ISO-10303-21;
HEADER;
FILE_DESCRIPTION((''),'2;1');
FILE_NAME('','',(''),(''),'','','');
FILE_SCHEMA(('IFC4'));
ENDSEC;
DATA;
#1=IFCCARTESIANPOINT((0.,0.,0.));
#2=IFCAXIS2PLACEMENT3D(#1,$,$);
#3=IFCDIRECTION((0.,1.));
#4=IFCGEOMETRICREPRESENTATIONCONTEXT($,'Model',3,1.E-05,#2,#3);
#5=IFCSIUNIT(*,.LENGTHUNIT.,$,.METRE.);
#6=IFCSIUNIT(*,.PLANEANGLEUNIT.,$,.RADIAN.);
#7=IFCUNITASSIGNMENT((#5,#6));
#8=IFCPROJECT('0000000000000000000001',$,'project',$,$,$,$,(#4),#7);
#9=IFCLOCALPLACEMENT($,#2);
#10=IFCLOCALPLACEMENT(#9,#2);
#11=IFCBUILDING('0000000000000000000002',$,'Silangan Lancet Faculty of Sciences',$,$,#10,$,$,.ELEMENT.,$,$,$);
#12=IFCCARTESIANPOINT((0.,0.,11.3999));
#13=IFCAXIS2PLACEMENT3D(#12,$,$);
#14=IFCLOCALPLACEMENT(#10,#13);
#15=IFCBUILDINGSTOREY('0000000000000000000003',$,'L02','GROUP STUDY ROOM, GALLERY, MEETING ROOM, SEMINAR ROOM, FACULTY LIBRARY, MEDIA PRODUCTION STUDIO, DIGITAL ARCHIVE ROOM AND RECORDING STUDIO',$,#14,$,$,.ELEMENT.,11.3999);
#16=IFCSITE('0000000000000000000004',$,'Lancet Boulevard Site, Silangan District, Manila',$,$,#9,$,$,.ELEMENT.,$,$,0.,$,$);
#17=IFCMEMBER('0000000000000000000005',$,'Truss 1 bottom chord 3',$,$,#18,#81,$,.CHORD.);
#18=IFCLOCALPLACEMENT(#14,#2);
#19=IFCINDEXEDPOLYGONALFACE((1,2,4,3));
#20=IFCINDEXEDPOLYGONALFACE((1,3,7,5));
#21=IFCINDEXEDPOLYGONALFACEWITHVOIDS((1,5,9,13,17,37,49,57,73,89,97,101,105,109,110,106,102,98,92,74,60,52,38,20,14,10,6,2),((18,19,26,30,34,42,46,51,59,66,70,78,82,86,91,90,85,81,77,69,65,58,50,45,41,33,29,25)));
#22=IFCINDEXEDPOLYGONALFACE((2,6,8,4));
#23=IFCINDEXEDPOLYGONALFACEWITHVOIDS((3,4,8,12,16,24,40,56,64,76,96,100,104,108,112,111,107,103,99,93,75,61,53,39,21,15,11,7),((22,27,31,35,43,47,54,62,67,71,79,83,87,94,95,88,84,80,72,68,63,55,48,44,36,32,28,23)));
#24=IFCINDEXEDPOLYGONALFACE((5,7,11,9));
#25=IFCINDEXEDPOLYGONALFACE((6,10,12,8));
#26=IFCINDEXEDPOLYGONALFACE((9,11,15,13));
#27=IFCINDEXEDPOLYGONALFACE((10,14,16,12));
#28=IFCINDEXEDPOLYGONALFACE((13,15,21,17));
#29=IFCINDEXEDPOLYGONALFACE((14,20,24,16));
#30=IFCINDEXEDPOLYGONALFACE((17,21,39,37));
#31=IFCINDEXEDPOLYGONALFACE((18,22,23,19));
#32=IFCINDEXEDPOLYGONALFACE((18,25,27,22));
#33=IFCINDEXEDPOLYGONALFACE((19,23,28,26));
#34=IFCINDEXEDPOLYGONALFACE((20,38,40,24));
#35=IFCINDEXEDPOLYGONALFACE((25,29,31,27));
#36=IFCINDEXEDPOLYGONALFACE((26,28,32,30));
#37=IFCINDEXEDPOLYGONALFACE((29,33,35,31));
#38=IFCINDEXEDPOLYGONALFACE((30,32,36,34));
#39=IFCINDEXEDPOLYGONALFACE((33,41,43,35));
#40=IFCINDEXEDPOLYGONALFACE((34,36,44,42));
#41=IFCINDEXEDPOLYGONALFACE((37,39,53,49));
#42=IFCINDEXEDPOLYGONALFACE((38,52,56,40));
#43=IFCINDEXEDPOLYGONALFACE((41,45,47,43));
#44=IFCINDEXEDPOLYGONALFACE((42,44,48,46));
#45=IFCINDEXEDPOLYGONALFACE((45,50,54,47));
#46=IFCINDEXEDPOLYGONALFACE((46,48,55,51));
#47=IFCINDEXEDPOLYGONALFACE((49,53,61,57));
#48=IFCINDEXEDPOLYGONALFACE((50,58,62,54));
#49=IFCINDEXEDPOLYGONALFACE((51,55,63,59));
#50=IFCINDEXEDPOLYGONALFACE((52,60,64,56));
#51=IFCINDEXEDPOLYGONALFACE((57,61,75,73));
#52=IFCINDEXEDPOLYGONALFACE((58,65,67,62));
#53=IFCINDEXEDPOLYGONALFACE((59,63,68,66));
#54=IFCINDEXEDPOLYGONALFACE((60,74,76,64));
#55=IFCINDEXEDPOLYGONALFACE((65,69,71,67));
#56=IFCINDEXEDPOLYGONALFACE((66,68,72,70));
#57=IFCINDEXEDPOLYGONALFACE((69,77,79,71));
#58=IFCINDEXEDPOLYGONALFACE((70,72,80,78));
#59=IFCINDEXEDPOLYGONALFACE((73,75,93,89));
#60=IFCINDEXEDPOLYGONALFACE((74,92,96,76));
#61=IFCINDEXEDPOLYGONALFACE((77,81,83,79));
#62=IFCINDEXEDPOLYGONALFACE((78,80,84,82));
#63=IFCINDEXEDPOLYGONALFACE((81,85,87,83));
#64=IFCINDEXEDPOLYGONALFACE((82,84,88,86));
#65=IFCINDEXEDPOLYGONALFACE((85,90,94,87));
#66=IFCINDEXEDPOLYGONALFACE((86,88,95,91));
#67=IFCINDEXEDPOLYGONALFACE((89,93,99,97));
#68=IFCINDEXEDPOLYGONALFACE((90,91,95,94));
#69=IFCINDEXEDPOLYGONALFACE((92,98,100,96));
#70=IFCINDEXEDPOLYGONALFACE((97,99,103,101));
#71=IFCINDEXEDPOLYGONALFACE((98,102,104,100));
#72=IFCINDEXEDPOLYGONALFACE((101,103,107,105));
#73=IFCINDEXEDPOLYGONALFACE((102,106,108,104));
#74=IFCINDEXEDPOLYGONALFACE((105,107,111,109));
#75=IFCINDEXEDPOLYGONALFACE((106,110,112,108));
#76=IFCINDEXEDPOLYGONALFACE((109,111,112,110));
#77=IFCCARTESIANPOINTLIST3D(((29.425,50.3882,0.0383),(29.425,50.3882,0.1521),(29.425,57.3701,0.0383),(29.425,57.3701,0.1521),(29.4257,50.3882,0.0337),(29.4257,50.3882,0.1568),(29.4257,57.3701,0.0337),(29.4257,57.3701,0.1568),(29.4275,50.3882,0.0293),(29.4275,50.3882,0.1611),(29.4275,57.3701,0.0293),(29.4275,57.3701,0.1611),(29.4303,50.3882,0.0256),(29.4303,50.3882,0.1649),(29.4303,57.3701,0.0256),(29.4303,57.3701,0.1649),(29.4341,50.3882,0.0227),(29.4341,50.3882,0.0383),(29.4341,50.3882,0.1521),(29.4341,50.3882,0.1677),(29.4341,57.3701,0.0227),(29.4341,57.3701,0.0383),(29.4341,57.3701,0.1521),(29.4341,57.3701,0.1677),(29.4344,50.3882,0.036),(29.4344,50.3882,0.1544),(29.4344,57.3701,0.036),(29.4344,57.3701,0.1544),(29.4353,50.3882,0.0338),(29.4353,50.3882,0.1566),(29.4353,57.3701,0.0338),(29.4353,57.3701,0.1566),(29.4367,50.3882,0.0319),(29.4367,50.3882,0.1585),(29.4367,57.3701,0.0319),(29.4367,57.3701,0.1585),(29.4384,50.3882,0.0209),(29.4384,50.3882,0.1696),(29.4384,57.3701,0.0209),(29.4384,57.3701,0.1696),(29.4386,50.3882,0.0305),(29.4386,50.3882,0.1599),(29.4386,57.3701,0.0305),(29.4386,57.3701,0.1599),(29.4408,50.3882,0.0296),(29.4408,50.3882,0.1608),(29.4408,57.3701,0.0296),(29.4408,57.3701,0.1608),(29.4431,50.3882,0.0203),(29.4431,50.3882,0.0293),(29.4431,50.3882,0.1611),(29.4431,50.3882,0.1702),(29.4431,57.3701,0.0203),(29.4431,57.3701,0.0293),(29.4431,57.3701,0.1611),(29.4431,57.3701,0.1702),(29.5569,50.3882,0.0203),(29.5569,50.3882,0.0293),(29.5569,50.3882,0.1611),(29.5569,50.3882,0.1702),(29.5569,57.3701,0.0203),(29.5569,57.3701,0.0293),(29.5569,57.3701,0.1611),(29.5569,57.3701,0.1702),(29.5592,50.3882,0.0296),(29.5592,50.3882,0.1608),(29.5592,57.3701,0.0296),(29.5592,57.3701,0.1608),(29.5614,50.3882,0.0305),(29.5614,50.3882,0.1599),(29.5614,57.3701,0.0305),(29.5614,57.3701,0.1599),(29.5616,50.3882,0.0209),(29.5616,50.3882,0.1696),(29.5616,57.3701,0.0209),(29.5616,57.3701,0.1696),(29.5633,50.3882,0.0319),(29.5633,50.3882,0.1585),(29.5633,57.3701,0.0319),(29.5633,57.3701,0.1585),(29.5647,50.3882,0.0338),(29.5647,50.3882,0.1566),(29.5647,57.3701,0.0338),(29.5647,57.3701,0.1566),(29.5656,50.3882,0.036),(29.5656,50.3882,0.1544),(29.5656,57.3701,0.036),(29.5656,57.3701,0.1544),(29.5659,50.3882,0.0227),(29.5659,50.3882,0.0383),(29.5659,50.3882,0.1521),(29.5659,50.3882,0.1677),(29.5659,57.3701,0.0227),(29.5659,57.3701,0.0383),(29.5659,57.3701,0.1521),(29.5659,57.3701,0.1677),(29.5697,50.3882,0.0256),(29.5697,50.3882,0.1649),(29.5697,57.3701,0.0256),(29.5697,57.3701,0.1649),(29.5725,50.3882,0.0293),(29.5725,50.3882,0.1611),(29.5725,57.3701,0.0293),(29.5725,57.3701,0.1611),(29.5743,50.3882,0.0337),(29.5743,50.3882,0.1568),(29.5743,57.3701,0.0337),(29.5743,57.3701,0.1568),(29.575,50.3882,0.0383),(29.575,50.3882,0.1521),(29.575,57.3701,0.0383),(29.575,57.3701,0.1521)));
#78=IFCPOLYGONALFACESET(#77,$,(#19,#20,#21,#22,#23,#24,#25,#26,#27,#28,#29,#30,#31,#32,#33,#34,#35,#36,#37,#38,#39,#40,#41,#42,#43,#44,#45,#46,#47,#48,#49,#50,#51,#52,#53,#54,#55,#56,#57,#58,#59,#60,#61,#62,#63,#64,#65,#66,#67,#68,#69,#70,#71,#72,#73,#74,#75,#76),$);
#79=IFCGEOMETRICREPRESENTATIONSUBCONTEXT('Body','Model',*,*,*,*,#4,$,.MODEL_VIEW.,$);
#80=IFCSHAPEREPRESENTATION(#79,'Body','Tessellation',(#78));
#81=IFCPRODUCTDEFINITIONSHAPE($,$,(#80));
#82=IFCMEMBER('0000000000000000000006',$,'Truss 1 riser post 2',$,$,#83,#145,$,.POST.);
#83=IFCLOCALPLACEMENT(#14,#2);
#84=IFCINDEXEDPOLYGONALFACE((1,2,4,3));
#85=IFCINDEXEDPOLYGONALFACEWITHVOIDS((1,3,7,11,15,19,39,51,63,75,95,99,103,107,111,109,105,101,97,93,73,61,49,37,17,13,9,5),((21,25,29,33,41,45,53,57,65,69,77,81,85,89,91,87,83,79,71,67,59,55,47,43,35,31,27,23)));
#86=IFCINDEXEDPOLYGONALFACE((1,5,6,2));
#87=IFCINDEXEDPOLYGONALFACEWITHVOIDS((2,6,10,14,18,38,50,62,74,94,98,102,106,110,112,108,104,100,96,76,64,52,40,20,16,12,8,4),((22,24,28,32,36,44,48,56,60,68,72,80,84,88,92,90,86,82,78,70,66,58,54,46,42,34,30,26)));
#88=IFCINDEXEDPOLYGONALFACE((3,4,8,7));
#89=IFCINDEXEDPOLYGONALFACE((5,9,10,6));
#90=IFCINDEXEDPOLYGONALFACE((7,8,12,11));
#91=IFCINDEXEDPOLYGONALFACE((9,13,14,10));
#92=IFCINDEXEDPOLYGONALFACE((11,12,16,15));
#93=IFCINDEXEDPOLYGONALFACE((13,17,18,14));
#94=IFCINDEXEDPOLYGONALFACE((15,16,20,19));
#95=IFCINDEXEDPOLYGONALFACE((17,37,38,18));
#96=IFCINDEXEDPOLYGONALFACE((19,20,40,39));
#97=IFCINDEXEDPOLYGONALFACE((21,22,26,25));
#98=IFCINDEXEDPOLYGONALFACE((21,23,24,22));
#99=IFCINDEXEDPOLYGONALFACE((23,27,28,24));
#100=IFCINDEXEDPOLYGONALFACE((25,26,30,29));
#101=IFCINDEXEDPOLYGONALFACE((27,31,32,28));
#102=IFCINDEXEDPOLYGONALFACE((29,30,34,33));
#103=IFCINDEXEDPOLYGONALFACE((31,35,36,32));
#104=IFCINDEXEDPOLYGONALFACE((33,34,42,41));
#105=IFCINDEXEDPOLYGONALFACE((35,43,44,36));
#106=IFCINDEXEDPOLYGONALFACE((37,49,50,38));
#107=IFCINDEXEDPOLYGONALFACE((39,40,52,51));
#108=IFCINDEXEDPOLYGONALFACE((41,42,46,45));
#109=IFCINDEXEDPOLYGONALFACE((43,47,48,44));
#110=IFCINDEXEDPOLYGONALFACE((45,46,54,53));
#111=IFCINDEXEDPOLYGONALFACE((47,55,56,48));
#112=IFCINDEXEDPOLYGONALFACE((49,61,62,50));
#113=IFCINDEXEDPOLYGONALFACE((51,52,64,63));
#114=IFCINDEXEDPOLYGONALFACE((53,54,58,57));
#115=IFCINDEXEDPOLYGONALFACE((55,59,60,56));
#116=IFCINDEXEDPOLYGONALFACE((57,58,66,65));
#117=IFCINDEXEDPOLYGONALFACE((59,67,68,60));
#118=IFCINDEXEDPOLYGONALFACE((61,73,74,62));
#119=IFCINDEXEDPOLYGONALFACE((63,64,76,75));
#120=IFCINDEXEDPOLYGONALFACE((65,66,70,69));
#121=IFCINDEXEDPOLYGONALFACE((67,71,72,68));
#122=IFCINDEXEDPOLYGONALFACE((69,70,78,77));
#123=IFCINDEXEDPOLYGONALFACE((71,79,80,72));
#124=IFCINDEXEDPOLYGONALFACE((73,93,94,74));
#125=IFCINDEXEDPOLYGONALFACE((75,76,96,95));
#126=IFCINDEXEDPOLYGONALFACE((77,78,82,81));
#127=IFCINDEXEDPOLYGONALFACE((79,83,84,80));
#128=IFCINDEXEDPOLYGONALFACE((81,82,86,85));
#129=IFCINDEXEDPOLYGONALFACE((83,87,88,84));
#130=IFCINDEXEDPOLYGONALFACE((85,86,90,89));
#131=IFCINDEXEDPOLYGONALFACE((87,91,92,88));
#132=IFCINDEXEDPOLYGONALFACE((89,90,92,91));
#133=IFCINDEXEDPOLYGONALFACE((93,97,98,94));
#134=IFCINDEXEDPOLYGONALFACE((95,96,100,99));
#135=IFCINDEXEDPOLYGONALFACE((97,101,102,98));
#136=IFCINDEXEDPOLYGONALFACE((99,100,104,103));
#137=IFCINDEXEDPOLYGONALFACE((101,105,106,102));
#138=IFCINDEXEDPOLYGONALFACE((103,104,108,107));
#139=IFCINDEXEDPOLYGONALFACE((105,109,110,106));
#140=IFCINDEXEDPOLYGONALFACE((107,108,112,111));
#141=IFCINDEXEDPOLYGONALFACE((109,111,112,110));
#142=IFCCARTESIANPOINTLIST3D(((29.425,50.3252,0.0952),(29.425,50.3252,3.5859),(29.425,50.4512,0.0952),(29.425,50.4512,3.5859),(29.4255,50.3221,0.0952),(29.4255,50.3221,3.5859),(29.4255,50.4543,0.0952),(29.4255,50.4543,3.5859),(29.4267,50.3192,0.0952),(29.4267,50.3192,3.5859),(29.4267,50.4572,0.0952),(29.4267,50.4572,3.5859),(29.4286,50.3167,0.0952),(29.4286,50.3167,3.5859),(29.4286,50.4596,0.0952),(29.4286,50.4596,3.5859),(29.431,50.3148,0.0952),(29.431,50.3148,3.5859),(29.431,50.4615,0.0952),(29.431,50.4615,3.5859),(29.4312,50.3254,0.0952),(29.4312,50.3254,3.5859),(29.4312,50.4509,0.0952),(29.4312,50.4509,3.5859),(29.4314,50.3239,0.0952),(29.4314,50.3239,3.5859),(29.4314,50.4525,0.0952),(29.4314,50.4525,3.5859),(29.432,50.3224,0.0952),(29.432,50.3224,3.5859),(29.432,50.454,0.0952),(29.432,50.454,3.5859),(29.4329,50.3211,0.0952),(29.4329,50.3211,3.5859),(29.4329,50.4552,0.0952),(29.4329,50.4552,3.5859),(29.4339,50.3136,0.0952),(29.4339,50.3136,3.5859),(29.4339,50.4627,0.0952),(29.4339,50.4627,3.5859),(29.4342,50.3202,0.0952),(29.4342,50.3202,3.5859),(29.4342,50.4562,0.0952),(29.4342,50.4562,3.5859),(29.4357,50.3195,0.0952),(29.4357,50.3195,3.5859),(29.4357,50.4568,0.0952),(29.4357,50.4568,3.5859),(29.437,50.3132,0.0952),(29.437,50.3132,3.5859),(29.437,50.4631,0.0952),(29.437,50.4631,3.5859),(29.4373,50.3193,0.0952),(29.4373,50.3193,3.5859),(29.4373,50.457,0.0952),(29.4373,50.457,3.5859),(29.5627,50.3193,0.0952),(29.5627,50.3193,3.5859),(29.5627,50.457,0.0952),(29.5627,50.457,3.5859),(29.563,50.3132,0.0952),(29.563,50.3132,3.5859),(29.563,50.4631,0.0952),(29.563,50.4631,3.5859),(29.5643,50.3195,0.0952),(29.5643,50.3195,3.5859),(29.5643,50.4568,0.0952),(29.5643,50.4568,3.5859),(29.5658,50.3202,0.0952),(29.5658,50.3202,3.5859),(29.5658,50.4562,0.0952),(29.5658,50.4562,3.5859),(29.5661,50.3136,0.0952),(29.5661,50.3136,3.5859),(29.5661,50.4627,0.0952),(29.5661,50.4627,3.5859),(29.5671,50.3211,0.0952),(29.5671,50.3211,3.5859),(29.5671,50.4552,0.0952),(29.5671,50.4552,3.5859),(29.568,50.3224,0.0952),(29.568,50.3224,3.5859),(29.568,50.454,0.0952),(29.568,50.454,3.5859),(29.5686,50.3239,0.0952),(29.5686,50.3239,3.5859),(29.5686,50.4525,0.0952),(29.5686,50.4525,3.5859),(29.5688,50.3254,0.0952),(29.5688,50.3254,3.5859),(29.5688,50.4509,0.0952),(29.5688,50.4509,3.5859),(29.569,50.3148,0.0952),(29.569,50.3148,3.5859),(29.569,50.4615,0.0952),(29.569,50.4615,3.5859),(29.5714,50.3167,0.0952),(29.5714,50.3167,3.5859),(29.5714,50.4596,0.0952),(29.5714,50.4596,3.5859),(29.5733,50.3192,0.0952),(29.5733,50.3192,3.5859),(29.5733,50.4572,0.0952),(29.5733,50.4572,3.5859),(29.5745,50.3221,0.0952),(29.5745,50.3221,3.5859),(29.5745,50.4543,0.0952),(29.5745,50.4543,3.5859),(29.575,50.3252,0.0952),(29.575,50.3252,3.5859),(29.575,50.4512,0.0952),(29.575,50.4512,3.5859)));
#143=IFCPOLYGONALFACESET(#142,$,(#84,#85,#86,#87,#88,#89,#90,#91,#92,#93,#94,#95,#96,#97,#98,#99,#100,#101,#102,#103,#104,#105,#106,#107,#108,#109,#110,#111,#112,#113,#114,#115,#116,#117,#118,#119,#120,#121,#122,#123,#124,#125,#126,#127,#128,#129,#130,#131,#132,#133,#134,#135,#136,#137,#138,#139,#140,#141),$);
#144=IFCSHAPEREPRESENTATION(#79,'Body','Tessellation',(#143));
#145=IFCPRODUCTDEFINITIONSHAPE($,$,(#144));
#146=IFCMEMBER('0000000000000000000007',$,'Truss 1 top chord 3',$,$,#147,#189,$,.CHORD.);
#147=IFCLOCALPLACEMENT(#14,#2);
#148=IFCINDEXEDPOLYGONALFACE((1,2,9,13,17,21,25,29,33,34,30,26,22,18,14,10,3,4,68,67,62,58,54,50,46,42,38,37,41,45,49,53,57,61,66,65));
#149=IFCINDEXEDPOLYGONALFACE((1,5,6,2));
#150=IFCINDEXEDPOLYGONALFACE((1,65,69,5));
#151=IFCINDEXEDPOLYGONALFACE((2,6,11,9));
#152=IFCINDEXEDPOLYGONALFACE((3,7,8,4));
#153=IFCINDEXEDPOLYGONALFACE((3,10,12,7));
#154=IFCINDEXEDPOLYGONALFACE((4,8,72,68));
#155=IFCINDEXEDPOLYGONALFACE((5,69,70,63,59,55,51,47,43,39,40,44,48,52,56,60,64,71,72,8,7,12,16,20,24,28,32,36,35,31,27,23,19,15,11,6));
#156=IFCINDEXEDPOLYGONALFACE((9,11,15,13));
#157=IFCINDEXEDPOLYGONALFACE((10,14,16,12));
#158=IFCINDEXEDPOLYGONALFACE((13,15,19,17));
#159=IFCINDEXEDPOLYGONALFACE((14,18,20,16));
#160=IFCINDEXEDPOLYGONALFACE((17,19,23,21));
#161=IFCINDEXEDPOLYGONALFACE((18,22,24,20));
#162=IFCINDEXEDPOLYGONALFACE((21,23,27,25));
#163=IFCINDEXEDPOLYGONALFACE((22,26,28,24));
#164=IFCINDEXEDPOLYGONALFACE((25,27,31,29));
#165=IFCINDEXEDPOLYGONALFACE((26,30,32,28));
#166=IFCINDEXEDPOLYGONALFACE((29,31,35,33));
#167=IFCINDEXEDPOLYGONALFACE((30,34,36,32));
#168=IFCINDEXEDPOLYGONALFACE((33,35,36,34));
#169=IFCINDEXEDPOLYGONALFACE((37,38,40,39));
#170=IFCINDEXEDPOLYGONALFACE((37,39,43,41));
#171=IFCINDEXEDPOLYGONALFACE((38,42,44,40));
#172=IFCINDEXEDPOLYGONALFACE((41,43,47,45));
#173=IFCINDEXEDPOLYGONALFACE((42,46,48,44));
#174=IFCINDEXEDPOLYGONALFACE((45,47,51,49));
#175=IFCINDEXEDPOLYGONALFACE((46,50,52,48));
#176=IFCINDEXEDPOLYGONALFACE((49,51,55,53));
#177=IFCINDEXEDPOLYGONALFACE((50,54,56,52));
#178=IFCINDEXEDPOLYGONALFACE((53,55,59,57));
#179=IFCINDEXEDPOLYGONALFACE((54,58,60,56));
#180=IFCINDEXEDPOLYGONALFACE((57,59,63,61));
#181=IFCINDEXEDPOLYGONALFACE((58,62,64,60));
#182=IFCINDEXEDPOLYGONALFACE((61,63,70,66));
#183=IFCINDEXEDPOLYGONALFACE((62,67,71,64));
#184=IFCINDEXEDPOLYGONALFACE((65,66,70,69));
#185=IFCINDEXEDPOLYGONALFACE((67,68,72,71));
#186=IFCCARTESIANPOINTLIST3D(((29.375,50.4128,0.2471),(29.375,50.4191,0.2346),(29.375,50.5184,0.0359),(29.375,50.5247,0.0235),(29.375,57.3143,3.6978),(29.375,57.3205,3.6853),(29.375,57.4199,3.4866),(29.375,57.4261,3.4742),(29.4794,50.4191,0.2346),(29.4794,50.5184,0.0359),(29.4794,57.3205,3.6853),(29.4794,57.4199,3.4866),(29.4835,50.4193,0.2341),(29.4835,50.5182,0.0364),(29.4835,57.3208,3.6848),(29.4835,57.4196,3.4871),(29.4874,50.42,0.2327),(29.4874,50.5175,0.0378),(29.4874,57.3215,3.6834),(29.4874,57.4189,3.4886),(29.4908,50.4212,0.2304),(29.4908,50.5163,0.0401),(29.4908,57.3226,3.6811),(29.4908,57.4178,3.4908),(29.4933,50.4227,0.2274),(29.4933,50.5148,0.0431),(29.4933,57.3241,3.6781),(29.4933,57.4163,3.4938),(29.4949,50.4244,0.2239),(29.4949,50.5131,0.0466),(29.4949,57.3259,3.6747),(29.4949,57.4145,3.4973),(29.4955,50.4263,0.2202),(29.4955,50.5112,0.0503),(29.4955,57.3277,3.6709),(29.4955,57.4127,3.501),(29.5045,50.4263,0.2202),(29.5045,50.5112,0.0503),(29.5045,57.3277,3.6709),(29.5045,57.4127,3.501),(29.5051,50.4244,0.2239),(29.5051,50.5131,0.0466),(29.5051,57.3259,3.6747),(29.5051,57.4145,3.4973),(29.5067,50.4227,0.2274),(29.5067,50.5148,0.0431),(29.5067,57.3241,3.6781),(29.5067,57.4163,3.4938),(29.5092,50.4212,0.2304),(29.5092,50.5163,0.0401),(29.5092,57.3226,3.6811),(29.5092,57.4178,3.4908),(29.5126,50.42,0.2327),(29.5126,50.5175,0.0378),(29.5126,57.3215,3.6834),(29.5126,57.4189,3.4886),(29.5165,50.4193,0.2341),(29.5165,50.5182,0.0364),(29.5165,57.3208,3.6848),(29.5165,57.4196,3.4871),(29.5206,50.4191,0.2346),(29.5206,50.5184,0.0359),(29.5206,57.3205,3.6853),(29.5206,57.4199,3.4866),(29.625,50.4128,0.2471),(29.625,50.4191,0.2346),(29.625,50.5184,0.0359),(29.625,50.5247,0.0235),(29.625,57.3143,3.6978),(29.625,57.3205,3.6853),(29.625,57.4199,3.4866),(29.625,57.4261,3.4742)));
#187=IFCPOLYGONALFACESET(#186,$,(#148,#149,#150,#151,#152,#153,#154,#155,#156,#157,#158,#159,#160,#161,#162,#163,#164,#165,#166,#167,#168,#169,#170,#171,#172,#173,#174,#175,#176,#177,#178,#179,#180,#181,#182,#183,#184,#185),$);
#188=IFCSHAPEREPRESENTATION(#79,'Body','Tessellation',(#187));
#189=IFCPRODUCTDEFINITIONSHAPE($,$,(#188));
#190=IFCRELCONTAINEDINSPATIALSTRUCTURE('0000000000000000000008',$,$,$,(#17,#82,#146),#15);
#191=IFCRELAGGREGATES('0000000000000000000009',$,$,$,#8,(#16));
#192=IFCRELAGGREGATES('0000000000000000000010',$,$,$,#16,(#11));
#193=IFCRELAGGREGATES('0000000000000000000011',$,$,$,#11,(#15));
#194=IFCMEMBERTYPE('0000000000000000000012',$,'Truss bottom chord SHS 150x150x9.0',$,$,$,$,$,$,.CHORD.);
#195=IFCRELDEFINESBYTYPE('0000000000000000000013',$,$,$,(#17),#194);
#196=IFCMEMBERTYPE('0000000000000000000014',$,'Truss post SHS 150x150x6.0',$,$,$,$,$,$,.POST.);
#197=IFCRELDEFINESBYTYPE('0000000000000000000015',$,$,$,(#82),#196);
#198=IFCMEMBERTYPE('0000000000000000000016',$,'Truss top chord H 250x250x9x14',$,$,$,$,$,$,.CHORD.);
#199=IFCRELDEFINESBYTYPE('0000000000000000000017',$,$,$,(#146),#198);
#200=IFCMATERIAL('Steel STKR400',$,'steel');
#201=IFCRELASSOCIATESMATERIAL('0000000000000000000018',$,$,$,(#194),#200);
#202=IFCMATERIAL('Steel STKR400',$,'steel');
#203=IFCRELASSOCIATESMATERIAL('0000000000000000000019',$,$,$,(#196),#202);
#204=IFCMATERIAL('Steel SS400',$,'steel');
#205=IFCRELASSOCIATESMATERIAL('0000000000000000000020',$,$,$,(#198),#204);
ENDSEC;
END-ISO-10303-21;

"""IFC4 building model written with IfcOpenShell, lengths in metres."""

from ifc_helpers import new_model, si_unit, direction, frame, origin, origin_2d, place, context, subcontext, project, spatial, hollow_rectangle, i_section, extrude, material, material_profile, profile_set, type_object, element, save


model = new_model("IFC4")

# Units and contexts
model_context = context("Model", 3, precision=1e-05, world=origin(), true_north=direction((0.0, 1.0)))
body_context = subcontext(model_context, "Body", "Model", "MODEL_VIEW")
ifc_project = project(units=[si_unit("LENGTHUNIT", "METRE"), si_unit("PLANEANGLEUNIT", "RADIAN")], contexts=[model_context])

# Site, building, storey
site_placement = place(None, origin())
site = spatial("IfcSite", under=ifc_project, at=site_placement, Name="Lancet Boulevard Site, Silangan District, Manila", CompositionType="ELEMENT", RefElevation=0.0)
building_placement = place(site_placement, origin())
building = spatial("IfcBuilding", under=site, at=building_placement, Name="Silangan Lancet Faculty of Sciences", CompositionType="ELEMENT")
storey_placement = place(building_placement, frame((0.0, 0.0, 11.3999)))
storey = spatial("IfcBuildingStorey", under=building, at=storey_placement, Name="L02", Description="GROUP STUDY ROOM, GALLERY, MEETING ROOM, SEMINAR ROOM, FACULTY LIBRARY, MEDIA PRODUCTION STUDIO, DIGITAL ARCHIVE ROOM AND RECORDING STUDIO", CompositionType="ELEMENT", Elevation=11.3999)

# Members
ifc_material_1 = material(Name="Steel STKR400", Category="steel")
ifc_material_profile_1 = material_profile(ifc_material_1, hollow_rectangle(XDim=0.1499, YDim=0.1499, WallThickness=0.009, InnerFilletRadius=0.009, OuterFilletRadius=0.0181, at=origin_2d()), Name="SHS 150x150x9.0")
ifc_profile_set_1 = profile_set([ifc_material_profile_1], Name="Steel STKR400")
member_type_1 = type_object("IfcMemberType", Name="Truss bottom chord SHS 150x150x9.0", PredefinedType="CHORD", material=ifc_profile_set_1)
member_1_placement = place(storey_placement, frame((29.5, 50.3882, 0.0952), z_axis=(0.0, 1.0, 0.0), x_axis=(-1.0, 0.0, 0.0)))
element("IfcMember", 1, at=member_1_placement, inside=storey, type_object=member_type_1, Name="Truss 1 bottom chord 3", PredefinedType="CHORD", context=body_context, shape_type="SweptSolid", body=[
    extrude(hollow_rectangle(XDim=0.1499, YDim=0.1499, WallThickness=0.009, InnerFilletRadius=0.009, OuterFilletRadius=0.0181, at=origin_2d()), origin(), (0.0, 0.0, 1.0), 6.9819),
])
ifc_material_2 = material(Name="Steel STKR400", Category="steel")
ifc_material_profile_2 = material_profile(ifc_material_2, hollow_rectangle(XDim=0.1499, YDim=0.1499, WallThickness=0.0061, InnerFilletRadius=0.0061, OuterFilletRadius=0.012, at=origin_2d()), Name="SHS 150x150x6.0")
ifc_profile_set_2 = profile_set([ifc_material_profile_2], Name="Steel STKR400")
member_type_2 = type_object("IfcMemberType", Name="Truss post SHS 150x150x6.0", PredefinedType="POST", material=ifc_profile_set_2)
member_2_placement = place(storey_placement, frame((29.5, 50.3882, 0.0952), z_axis=(0.0, 0.0, 1.0), x_axis=(1.0, 0.0, 0.0)))
element("IfcMember", 2, at=member_2_placement, inside=storey, type_object=member_type_2, Name="Truss 1 riser post 2", PredefinedType="POST", context=body_context, shape_type="SweptSolid", body=[
    extrude(hollow_rectangle(XDim=0.1499, YDim=0.1499, WallThickness=0.0061, InnerFilletRadius=0.0061, OuterFilletRadius=0.012, at=origin_2d()), origin(), (0.0, 0.0, 1.0), 3.4907),
])
ifc_material_3 = material(Name="Steel SS400", Category="steel")
ifc_material_profile_3 = material_profile(ifc_material_3, i_section(OverallWidth=0.25, OverallDepth=0.25, WebThickness=0.009, FlangeThickness=0.0139, FilletRadius=0.0161, at=origin_2d()), Name="H 250x250x9x14")
ifc_profile_set_3 = profile_set([ifc_material_profile_3], Name="Steel SS400")
member_type_3 = type_object("IfcMemberType", Name="Truss top chord H 250x250x9x14", PredefinedType="CHORD", material=ifc_profile_set_3)
member_3_placement = place(storey_placement, frame((29.5, 50.4688, 0.1353), z_axis=(0.0, 0.894427, 0.447214), x_axis=(-1.0, 0.0, 0.0)))
element("IfcMember", 3, at=member_3_placement, inside=storey, type_object=member_type_3, Name="Truss 1 top chord 3", PredefinedType="CHORD", context=body_context, shape_type="SweptSolid", body=[
    extrude(i_section(OverallWidth=0.25, OverallDepth=0.25, WebThickness=0.009, FlangeThickness=0.0139, FilletRadius=0.0161, at=origin_2d()), origin(), (0.0, 0.0, 1.0), 7.7161),
])

save(model, "model.ifc")
